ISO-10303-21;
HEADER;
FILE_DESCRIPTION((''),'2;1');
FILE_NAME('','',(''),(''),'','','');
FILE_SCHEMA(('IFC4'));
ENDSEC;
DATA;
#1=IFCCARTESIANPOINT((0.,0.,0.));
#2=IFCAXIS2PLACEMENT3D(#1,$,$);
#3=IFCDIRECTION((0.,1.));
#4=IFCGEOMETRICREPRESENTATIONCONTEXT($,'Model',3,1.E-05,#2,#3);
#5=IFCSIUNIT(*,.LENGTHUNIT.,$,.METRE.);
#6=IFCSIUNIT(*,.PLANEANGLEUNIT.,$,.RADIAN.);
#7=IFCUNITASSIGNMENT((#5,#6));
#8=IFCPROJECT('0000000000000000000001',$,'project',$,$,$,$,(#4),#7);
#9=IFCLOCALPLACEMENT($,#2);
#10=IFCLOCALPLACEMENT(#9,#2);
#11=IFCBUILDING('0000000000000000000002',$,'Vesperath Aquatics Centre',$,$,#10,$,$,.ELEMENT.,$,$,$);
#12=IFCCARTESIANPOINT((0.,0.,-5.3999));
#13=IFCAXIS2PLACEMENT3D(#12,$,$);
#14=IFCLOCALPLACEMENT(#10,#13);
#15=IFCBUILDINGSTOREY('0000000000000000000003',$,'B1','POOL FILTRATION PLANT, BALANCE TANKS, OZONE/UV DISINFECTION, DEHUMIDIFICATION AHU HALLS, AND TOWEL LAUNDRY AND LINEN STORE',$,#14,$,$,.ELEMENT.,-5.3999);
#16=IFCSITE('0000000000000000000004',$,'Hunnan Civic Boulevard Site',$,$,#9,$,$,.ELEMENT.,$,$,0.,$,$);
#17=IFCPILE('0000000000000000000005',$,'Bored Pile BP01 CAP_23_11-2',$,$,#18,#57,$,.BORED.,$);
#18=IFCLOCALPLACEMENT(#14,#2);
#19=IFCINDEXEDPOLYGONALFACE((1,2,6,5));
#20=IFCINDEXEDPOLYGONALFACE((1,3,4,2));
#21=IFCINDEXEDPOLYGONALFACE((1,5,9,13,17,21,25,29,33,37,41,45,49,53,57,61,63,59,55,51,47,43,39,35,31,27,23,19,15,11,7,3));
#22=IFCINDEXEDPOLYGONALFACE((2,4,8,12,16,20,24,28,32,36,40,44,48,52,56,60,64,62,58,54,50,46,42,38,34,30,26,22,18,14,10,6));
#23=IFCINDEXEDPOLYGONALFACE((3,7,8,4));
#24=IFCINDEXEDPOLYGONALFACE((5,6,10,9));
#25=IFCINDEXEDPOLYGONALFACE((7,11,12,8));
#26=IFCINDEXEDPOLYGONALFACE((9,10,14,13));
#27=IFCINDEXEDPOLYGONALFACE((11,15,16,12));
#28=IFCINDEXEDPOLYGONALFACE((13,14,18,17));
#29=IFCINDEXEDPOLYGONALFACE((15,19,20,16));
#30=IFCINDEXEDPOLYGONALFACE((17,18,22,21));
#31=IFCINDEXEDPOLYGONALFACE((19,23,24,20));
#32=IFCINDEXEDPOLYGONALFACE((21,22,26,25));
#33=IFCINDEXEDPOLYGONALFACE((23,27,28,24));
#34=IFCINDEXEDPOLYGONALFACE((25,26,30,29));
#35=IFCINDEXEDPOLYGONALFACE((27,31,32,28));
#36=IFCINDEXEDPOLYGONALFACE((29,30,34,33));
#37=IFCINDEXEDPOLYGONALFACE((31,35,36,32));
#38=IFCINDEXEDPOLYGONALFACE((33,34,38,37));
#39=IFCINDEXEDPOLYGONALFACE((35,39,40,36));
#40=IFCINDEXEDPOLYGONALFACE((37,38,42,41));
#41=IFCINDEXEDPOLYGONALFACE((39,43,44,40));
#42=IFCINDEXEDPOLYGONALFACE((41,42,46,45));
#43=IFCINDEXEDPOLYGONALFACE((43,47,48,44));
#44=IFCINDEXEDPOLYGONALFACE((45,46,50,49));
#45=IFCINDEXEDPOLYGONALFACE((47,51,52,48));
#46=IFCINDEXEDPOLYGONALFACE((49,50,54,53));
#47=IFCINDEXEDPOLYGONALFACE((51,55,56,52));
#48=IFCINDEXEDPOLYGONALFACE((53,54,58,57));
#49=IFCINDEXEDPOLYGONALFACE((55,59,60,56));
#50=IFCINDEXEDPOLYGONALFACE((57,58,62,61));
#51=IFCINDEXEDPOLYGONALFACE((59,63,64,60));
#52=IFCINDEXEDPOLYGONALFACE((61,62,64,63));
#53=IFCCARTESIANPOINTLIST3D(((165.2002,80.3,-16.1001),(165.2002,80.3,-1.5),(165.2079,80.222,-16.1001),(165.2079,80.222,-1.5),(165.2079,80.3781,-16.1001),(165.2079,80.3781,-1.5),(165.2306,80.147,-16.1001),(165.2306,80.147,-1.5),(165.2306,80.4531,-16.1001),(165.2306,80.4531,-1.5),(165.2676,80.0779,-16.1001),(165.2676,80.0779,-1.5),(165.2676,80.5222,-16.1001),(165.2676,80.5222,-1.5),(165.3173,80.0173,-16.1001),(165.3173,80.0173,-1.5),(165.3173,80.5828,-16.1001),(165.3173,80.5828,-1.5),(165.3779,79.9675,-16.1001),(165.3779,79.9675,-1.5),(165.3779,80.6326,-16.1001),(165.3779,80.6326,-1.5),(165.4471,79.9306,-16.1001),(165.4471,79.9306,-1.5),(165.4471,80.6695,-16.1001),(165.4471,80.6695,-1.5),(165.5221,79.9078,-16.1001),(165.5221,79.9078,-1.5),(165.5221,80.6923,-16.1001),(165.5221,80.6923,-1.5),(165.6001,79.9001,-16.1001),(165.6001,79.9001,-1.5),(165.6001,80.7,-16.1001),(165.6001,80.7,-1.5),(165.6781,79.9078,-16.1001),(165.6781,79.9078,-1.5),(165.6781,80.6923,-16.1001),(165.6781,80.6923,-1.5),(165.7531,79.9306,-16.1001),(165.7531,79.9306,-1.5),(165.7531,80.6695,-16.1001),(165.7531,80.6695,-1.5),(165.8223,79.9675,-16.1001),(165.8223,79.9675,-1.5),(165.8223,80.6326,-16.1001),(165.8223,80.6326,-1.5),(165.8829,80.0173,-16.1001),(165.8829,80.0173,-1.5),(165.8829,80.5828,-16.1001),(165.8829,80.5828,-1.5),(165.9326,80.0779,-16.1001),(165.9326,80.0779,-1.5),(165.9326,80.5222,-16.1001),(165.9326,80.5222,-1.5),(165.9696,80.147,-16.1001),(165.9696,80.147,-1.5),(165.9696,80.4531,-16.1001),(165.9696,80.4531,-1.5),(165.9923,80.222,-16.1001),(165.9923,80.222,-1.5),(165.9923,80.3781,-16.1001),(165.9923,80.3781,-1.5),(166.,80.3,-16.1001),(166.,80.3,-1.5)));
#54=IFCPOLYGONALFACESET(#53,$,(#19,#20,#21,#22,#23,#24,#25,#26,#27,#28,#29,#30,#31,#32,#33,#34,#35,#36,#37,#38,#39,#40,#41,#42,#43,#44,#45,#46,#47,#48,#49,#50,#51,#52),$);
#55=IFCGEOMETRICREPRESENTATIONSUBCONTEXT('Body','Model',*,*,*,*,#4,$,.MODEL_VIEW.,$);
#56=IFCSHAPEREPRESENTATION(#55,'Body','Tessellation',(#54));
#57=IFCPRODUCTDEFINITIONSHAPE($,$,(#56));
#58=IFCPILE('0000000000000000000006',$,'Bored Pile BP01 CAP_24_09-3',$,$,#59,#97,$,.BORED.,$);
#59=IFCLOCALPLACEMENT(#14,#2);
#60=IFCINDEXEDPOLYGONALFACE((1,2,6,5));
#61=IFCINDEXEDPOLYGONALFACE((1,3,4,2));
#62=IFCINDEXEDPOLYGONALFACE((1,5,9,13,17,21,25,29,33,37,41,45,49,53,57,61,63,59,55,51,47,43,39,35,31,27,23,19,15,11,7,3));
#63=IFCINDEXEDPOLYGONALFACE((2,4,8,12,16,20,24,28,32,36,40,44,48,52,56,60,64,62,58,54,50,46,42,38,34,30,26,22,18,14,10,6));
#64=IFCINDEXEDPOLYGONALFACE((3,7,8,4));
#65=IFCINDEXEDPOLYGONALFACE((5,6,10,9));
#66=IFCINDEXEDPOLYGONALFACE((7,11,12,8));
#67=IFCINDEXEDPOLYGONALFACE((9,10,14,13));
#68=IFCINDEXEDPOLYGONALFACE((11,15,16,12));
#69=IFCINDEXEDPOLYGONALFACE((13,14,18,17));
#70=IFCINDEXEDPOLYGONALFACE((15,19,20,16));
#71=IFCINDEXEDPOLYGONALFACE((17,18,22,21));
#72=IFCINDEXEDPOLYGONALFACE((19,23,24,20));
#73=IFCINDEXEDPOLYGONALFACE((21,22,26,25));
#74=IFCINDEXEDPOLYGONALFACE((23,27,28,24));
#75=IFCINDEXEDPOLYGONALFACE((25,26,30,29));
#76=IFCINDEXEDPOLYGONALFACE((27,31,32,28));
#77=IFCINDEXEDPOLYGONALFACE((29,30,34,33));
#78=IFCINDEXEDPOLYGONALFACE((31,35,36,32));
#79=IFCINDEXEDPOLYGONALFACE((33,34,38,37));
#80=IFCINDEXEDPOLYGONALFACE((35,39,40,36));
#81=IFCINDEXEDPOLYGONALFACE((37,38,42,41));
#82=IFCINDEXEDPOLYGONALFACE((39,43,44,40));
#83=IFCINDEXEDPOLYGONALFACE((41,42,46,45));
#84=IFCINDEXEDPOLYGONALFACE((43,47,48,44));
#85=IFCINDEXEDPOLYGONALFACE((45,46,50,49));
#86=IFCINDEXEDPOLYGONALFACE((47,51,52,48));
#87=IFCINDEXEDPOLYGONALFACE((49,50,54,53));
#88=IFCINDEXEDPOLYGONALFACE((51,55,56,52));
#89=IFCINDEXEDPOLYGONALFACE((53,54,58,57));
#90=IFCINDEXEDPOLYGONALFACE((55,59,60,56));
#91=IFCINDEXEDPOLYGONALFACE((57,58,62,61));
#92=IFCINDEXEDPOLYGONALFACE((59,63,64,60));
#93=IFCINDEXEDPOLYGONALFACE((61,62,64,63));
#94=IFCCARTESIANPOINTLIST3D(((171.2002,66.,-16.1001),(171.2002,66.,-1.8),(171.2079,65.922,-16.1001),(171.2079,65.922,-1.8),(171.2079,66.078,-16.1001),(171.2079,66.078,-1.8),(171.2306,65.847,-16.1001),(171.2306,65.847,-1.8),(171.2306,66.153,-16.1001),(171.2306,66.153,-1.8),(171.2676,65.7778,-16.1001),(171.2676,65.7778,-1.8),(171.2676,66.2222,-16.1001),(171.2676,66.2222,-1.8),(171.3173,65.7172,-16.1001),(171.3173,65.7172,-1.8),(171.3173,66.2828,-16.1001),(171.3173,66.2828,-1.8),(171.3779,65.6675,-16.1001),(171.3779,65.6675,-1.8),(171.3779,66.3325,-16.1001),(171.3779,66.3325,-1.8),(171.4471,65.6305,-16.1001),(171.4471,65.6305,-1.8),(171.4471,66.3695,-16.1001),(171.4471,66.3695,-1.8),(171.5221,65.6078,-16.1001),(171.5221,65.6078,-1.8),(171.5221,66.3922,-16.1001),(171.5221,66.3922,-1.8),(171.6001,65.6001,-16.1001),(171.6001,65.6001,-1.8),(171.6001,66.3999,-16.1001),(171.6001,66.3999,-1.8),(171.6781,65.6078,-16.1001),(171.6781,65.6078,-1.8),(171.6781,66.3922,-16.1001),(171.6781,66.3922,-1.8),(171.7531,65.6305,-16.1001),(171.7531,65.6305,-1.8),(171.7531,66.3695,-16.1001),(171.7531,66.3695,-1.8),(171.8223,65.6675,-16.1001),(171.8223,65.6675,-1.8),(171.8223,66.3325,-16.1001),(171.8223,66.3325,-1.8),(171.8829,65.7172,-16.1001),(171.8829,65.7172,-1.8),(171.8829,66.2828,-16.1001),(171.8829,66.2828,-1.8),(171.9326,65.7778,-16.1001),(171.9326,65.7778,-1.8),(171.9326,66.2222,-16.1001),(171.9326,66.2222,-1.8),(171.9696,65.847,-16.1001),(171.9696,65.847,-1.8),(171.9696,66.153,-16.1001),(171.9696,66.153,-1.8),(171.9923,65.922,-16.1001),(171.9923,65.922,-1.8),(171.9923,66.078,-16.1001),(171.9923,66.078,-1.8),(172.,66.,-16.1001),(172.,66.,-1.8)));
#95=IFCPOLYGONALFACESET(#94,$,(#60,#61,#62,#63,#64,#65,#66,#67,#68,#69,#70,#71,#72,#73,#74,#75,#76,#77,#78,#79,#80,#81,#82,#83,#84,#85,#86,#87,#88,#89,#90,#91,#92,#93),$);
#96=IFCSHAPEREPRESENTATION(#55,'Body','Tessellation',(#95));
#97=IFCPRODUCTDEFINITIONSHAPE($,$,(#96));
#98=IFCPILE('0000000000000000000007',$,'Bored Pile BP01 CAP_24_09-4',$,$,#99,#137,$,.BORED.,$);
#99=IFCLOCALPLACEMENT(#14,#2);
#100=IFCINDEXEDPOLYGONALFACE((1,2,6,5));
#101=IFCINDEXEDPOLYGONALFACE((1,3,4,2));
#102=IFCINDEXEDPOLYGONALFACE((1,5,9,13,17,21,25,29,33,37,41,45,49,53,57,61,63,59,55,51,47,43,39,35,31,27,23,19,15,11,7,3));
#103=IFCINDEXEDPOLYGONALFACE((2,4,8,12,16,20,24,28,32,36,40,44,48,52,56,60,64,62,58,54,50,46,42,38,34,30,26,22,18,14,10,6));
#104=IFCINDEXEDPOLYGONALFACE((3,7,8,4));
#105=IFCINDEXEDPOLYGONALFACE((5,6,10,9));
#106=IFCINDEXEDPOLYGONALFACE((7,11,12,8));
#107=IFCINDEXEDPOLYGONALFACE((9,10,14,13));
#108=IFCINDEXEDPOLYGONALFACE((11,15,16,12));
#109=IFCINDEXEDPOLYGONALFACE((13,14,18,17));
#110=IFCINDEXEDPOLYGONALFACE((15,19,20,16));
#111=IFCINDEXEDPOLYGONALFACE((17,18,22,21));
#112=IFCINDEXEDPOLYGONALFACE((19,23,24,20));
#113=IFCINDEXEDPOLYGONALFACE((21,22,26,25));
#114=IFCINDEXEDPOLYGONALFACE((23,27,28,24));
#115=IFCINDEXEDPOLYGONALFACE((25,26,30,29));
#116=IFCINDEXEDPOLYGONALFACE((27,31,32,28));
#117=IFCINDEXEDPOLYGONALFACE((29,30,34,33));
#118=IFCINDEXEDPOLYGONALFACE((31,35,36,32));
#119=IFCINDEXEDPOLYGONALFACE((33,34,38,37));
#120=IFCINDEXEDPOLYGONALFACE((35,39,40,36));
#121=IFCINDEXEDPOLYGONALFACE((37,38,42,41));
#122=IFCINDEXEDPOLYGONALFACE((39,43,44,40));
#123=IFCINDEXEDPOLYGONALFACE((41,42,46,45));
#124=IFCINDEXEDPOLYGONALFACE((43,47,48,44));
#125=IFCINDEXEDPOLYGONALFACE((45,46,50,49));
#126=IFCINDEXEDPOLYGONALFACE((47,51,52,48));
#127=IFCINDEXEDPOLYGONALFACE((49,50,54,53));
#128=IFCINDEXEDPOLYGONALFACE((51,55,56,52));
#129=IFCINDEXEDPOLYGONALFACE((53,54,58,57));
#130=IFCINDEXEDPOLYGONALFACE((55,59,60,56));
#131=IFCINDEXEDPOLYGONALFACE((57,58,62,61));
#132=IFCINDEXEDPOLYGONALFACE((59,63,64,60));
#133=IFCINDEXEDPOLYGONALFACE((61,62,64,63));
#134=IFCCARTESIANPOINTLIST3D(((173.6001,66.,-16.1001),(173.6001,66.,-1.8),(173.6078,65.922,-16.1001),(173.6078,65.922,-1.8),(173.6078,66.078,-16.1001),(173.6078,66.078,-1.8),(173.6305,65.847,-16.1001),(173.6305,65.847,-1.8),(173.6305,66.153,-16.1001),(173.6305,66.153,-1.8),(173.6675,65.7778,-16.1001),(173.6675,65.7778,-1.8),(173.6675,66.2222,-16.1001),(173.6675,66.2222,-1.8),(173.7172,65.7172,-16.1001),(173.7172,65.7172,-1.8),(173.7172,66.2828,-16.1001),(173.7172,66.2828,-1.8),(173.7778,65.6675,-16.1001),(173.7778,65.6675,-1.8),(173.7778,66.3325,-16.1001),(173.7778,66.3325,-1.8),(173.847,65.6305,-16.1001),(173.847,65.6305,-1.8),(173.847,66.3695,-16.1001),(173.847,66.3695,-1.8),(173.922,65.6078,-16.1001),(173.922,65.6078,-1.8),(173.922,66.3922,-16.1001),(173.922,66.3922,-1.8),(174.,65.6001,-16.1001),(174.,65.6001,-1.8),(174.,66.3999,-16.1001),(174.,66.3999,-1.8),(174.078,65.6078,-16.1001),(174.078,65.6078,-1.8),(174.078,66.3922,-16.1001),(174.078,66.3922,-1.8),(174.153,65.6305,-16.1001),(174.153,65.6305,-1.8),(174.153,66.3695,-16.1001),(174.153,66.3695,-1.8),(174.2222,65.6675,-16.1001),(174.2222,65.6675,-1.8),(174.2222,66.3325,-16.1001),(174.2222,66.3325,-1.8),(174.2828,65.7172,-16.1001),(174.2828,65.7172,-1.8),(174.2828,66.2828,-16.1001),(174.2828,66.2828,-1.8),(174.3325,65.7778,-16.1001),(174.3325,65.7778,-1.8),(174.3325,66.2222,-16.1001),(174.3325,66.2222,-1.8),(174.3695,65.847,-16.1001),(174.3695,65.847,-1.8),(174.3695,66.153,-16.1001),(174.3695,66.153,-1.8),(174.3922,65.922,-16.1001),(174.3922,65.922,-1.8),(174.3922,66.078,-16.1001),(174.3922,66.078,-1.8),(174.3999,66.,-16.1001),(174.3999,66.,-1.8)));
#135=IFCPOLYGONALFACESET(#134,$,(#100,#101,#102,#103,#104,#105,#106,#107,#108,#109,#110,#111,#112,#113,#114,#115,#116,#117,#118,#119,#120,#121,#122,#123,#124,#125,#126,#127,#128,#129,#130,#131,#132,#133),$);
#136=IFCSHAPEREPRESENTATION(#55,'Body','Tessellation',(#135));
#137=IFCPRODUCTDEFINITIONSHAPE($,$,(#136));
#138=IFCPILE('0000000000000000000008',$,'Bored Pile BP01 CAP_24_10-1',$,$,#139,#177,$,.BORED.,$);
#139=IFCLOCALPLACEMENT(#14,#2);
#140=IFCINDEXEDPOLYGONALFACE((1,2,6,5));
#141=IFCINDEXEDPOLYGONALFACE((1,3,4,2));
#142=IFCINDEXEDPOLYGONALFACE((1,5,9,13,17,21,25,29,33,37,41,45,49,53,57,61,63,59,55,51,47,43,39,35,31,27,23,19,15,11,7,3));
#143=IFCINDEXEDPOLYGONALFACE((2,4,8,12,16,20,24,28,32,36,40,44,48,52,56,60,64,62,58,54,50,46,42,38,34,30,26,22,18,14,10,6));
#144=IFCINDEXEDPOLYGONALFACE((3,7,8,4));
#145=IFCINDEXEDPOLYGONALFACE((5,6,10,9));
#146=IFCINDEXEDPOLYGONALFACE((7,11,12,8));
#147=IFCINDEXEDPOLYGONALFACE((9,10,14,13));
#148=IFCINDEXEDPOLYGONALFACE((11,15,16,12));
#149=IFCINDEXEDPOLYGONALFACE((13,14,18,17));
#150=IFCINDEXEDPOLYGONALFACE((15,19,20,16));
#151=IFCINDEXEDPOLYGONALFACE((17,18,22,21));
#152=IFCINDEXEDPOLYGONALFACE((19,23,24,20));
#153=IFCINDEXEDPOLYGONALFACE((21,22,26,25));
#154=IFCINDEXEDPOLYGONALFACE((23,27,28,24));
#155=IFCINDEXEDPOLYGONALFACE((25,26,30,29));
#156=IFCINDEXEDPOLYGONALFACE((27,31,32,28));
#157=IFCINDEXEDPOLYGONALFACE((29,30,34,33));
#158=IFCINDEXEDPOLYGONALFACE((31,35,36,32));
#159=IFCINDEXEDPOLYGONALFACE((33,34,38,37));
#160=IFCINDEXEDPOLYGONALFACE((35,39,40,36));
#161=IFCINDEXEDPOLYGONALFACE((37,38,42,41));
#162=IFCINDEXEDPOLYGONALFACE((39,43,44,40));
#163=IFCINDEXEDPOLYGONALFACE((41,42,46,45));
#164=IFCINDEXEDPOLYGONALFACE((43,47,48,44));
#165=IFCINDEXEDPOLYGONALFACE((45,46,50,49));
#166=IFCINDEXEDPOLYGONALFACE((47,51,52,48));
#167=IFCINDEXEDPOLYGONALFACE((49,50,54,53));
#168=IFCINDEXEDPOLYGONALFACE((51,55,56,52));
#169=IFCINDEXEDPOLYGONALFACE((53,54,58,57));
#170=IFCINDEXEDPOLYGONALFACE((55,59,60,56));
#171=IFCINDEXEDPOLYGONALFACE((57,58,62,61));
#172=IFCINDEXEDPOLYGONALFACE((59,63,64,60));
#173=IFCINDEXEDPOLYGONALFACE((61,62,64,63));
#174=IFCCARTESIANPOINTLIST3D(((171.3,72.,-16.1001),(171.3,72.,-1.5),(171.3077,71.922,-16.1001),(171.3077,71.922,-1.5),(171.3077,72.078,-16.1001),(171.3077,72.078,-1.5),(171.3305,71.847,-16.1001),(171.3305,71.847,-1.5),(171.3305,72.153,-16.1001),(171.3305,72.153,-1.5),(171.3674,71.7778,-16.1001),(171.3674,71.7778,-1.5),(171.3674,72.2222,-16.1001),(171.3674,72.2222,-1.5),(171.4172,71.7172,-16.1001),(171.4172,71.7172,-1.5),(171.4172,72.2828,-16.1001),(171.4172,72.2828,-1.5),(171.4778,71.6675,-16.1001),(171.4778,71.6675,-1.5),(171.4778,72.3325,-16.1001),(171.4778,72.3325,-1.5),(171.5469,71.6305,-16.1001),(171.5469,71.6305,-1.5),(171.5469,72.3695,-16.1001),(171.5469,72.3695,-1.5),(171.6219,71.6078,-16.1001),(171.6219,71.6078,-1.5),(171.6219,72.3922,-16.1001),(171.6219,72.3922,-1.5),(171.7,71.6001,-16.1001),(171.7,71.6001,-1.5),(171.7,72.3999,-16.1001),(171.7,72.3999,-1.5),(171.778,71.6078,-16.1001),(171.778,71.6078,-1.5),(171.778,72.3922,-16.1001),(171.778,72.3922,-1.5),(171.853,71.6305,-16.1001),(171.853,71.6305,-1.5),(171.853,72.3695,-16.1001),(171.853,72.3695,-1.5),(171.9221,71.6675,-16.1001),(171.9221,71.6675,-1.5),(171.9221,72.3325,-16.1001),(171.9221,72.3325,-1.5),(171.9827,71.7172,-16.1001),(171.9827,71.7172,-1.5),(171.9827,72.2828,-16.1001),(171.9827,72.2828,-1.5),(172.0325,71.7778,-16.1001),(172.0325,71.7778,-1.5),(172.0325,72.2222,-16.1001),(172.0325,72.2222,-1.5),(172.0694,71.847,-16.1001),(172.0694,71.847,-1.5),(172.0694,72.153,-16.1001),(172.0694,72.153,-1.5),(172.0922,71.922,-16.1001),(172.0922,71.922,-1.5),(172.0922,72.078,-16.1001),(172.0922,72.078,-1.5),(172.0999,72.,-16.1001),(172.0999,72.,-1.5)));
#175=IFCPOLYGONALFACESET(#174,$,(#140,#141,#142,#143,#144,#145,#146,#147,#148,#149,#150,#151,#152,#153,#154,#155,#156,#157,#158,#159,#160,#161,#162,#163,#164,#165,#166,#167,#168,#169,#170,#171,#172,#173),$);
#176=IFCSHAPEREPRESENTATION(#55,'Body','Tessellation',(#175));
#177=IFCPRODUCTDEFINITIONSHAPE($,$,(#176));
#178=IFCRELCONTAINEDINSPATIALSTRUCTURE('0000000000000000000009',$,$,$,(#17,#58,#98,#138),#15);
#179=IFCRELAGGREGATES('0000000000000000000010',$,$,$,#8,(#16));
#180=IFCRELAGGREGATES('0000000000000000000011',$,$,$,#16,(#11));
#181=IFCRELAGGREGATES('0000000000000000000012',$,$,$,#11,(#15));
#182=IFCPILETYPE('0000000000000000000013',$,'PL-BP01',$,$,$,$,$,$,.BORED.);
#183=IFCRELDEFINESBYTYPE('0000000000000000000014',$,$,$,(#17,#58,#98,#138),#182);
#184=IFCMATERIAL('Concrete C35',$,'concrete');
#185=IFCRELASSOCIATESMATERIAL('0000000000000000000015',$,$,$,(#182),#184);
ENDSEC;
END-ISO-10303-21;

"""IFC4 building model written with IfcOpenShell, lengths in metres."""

from ifc_helpers import new_model, si_unit, direction, frame, origin, origin_2d, place, context, subcontext, project, spatial, circle, extrude, material, material_profile, profile_set, type_object, element, save


model = new_model("IFC4")

# Units and contexts
model_context = context("Model", 3, precision=1e-05, world=origin(), true_north=direction((0.0, 1.0)))
body_context = subcontext(model_context, "Body", "Model", "MODEL_VIEW")
ifc_project = project(units=[si_unit("LENGTHUNIT", "METRE"), si_unit("PLANEANGLEUNIT", "RADIAN")], contexts=[model_context])

# Site, building, storey
site_placement = place(None, origin())
site = spatial("IfcSite", under=ifc_project, at=site_placement, Name="Hunnan Civic Boulevard Site", CompositionType="ELEMENT", RefElevation=0.0)
building_placement = place(site_placement, origin())
building = spatial("IfcBuilding", under=site, at=building_placement, Name="Vesperath Aquatics Centre", CompositionType="ELEMENT")
storey_placement = place(building_placement, frame((0.0, 0.0, -5.3999)))
storey = spatial("IfcBuildingStorey", under=building, at=storey_placement, Name="B1", Description="POOL FILTRATION PLANT, BALANCE TANKS, OZONE/UV DISINFECTION, DEHUMIDIFICATION AHU HALLS, AND TOWEL LAUNDRY AND LINEN STORE", CompositionType="ELEMENT", Elevation=-5.3999)

# Piles
ifc_material_1 = material(Name="Concrete C35", Category="concrete")
ifc_material_profile_1 = material_profile(ifc_material_1, circle(Radius=0.3999, at=origin_2d()), Name="PILE D800")
ifc_profile_set_1 = profile_set([ifc_material_profile_1], Name="Concrete C35")
pile_type = type_object("IfcPileType", Name="PL-BP01", PredefinedType="BORED", material=ifc_profile_set_1)
for number, where, z_axis, x_axis, name in (
    (1, (165.6001, 80.3, -1.5), (0.0, 0.0, -1.0), (1.0, 0.0, 0.0), "Bored Pile BP01 CAP_23_11-2"),
):
    element("IfcPile", number, at=place(storey_placement, frame(where, z_axis=z_axis, x_axis=x_axis)), inside=storey, type_object=pile_type, Name=name, PredefinedType="BORED", context=body_context, shape_type="SweptSolid", body=[
        extrude(circle(Radius=0.3999, at=origin_2d()), origin(), (0.0, 0.0, 1.0), 14.6001),
    ])
for number, where, z_axis, x_axis, name in (
    (2, (171.6001, 66.0, -1.8), (0.0, 0.0, -1.0), (1.0, 0.0, 0.0), "Bored Pile BP01 CAP_24_09-3"),
    (3, (174.0, 66.0, -1.8), (0.0, 0.0, -1.0), (1.0, 0.0, 0.0), "Bored Pile BP01 CAP_24_09-4"),
):
    element("IfcPile", number, at=place(storey_placement, frame(where, z_axis=z_axis, x_axis=x_axis)), inside=storey, type_object=pile_type, Name=name, PredefinedType="BORED", context=body_context, shape_type="SweptSolid", body=[
        extrude(circle(Radius=0.3999, at=origin_2d()), origin(), (0.0, 0.0, 1.0), 14.3),
    ])
for number, where, z_axis, x_axis, name in (
    (4, (171.7, 72.0, -1.5), (0.0, 0.0, -1.0), (1.0, 0.0, 0.0), "Bored Pile BP01 CAP_24_10-1"),
):
    element("IfcPile", number, at=place(storey_placement, frame(where, z_axis=z_axis, x_axis=x_axis)), inside=storey, type_object=pile_type, Name=name, PredefinedType="BORED", context=body_context, shape_type="SweptSolid", body=[
        extrude(circle(Radius=0.3999, at=origin_2d()), origin(), (0.0, 0.0, 1.0), 14.6001),
    ])

save(model, "model.ifc")
